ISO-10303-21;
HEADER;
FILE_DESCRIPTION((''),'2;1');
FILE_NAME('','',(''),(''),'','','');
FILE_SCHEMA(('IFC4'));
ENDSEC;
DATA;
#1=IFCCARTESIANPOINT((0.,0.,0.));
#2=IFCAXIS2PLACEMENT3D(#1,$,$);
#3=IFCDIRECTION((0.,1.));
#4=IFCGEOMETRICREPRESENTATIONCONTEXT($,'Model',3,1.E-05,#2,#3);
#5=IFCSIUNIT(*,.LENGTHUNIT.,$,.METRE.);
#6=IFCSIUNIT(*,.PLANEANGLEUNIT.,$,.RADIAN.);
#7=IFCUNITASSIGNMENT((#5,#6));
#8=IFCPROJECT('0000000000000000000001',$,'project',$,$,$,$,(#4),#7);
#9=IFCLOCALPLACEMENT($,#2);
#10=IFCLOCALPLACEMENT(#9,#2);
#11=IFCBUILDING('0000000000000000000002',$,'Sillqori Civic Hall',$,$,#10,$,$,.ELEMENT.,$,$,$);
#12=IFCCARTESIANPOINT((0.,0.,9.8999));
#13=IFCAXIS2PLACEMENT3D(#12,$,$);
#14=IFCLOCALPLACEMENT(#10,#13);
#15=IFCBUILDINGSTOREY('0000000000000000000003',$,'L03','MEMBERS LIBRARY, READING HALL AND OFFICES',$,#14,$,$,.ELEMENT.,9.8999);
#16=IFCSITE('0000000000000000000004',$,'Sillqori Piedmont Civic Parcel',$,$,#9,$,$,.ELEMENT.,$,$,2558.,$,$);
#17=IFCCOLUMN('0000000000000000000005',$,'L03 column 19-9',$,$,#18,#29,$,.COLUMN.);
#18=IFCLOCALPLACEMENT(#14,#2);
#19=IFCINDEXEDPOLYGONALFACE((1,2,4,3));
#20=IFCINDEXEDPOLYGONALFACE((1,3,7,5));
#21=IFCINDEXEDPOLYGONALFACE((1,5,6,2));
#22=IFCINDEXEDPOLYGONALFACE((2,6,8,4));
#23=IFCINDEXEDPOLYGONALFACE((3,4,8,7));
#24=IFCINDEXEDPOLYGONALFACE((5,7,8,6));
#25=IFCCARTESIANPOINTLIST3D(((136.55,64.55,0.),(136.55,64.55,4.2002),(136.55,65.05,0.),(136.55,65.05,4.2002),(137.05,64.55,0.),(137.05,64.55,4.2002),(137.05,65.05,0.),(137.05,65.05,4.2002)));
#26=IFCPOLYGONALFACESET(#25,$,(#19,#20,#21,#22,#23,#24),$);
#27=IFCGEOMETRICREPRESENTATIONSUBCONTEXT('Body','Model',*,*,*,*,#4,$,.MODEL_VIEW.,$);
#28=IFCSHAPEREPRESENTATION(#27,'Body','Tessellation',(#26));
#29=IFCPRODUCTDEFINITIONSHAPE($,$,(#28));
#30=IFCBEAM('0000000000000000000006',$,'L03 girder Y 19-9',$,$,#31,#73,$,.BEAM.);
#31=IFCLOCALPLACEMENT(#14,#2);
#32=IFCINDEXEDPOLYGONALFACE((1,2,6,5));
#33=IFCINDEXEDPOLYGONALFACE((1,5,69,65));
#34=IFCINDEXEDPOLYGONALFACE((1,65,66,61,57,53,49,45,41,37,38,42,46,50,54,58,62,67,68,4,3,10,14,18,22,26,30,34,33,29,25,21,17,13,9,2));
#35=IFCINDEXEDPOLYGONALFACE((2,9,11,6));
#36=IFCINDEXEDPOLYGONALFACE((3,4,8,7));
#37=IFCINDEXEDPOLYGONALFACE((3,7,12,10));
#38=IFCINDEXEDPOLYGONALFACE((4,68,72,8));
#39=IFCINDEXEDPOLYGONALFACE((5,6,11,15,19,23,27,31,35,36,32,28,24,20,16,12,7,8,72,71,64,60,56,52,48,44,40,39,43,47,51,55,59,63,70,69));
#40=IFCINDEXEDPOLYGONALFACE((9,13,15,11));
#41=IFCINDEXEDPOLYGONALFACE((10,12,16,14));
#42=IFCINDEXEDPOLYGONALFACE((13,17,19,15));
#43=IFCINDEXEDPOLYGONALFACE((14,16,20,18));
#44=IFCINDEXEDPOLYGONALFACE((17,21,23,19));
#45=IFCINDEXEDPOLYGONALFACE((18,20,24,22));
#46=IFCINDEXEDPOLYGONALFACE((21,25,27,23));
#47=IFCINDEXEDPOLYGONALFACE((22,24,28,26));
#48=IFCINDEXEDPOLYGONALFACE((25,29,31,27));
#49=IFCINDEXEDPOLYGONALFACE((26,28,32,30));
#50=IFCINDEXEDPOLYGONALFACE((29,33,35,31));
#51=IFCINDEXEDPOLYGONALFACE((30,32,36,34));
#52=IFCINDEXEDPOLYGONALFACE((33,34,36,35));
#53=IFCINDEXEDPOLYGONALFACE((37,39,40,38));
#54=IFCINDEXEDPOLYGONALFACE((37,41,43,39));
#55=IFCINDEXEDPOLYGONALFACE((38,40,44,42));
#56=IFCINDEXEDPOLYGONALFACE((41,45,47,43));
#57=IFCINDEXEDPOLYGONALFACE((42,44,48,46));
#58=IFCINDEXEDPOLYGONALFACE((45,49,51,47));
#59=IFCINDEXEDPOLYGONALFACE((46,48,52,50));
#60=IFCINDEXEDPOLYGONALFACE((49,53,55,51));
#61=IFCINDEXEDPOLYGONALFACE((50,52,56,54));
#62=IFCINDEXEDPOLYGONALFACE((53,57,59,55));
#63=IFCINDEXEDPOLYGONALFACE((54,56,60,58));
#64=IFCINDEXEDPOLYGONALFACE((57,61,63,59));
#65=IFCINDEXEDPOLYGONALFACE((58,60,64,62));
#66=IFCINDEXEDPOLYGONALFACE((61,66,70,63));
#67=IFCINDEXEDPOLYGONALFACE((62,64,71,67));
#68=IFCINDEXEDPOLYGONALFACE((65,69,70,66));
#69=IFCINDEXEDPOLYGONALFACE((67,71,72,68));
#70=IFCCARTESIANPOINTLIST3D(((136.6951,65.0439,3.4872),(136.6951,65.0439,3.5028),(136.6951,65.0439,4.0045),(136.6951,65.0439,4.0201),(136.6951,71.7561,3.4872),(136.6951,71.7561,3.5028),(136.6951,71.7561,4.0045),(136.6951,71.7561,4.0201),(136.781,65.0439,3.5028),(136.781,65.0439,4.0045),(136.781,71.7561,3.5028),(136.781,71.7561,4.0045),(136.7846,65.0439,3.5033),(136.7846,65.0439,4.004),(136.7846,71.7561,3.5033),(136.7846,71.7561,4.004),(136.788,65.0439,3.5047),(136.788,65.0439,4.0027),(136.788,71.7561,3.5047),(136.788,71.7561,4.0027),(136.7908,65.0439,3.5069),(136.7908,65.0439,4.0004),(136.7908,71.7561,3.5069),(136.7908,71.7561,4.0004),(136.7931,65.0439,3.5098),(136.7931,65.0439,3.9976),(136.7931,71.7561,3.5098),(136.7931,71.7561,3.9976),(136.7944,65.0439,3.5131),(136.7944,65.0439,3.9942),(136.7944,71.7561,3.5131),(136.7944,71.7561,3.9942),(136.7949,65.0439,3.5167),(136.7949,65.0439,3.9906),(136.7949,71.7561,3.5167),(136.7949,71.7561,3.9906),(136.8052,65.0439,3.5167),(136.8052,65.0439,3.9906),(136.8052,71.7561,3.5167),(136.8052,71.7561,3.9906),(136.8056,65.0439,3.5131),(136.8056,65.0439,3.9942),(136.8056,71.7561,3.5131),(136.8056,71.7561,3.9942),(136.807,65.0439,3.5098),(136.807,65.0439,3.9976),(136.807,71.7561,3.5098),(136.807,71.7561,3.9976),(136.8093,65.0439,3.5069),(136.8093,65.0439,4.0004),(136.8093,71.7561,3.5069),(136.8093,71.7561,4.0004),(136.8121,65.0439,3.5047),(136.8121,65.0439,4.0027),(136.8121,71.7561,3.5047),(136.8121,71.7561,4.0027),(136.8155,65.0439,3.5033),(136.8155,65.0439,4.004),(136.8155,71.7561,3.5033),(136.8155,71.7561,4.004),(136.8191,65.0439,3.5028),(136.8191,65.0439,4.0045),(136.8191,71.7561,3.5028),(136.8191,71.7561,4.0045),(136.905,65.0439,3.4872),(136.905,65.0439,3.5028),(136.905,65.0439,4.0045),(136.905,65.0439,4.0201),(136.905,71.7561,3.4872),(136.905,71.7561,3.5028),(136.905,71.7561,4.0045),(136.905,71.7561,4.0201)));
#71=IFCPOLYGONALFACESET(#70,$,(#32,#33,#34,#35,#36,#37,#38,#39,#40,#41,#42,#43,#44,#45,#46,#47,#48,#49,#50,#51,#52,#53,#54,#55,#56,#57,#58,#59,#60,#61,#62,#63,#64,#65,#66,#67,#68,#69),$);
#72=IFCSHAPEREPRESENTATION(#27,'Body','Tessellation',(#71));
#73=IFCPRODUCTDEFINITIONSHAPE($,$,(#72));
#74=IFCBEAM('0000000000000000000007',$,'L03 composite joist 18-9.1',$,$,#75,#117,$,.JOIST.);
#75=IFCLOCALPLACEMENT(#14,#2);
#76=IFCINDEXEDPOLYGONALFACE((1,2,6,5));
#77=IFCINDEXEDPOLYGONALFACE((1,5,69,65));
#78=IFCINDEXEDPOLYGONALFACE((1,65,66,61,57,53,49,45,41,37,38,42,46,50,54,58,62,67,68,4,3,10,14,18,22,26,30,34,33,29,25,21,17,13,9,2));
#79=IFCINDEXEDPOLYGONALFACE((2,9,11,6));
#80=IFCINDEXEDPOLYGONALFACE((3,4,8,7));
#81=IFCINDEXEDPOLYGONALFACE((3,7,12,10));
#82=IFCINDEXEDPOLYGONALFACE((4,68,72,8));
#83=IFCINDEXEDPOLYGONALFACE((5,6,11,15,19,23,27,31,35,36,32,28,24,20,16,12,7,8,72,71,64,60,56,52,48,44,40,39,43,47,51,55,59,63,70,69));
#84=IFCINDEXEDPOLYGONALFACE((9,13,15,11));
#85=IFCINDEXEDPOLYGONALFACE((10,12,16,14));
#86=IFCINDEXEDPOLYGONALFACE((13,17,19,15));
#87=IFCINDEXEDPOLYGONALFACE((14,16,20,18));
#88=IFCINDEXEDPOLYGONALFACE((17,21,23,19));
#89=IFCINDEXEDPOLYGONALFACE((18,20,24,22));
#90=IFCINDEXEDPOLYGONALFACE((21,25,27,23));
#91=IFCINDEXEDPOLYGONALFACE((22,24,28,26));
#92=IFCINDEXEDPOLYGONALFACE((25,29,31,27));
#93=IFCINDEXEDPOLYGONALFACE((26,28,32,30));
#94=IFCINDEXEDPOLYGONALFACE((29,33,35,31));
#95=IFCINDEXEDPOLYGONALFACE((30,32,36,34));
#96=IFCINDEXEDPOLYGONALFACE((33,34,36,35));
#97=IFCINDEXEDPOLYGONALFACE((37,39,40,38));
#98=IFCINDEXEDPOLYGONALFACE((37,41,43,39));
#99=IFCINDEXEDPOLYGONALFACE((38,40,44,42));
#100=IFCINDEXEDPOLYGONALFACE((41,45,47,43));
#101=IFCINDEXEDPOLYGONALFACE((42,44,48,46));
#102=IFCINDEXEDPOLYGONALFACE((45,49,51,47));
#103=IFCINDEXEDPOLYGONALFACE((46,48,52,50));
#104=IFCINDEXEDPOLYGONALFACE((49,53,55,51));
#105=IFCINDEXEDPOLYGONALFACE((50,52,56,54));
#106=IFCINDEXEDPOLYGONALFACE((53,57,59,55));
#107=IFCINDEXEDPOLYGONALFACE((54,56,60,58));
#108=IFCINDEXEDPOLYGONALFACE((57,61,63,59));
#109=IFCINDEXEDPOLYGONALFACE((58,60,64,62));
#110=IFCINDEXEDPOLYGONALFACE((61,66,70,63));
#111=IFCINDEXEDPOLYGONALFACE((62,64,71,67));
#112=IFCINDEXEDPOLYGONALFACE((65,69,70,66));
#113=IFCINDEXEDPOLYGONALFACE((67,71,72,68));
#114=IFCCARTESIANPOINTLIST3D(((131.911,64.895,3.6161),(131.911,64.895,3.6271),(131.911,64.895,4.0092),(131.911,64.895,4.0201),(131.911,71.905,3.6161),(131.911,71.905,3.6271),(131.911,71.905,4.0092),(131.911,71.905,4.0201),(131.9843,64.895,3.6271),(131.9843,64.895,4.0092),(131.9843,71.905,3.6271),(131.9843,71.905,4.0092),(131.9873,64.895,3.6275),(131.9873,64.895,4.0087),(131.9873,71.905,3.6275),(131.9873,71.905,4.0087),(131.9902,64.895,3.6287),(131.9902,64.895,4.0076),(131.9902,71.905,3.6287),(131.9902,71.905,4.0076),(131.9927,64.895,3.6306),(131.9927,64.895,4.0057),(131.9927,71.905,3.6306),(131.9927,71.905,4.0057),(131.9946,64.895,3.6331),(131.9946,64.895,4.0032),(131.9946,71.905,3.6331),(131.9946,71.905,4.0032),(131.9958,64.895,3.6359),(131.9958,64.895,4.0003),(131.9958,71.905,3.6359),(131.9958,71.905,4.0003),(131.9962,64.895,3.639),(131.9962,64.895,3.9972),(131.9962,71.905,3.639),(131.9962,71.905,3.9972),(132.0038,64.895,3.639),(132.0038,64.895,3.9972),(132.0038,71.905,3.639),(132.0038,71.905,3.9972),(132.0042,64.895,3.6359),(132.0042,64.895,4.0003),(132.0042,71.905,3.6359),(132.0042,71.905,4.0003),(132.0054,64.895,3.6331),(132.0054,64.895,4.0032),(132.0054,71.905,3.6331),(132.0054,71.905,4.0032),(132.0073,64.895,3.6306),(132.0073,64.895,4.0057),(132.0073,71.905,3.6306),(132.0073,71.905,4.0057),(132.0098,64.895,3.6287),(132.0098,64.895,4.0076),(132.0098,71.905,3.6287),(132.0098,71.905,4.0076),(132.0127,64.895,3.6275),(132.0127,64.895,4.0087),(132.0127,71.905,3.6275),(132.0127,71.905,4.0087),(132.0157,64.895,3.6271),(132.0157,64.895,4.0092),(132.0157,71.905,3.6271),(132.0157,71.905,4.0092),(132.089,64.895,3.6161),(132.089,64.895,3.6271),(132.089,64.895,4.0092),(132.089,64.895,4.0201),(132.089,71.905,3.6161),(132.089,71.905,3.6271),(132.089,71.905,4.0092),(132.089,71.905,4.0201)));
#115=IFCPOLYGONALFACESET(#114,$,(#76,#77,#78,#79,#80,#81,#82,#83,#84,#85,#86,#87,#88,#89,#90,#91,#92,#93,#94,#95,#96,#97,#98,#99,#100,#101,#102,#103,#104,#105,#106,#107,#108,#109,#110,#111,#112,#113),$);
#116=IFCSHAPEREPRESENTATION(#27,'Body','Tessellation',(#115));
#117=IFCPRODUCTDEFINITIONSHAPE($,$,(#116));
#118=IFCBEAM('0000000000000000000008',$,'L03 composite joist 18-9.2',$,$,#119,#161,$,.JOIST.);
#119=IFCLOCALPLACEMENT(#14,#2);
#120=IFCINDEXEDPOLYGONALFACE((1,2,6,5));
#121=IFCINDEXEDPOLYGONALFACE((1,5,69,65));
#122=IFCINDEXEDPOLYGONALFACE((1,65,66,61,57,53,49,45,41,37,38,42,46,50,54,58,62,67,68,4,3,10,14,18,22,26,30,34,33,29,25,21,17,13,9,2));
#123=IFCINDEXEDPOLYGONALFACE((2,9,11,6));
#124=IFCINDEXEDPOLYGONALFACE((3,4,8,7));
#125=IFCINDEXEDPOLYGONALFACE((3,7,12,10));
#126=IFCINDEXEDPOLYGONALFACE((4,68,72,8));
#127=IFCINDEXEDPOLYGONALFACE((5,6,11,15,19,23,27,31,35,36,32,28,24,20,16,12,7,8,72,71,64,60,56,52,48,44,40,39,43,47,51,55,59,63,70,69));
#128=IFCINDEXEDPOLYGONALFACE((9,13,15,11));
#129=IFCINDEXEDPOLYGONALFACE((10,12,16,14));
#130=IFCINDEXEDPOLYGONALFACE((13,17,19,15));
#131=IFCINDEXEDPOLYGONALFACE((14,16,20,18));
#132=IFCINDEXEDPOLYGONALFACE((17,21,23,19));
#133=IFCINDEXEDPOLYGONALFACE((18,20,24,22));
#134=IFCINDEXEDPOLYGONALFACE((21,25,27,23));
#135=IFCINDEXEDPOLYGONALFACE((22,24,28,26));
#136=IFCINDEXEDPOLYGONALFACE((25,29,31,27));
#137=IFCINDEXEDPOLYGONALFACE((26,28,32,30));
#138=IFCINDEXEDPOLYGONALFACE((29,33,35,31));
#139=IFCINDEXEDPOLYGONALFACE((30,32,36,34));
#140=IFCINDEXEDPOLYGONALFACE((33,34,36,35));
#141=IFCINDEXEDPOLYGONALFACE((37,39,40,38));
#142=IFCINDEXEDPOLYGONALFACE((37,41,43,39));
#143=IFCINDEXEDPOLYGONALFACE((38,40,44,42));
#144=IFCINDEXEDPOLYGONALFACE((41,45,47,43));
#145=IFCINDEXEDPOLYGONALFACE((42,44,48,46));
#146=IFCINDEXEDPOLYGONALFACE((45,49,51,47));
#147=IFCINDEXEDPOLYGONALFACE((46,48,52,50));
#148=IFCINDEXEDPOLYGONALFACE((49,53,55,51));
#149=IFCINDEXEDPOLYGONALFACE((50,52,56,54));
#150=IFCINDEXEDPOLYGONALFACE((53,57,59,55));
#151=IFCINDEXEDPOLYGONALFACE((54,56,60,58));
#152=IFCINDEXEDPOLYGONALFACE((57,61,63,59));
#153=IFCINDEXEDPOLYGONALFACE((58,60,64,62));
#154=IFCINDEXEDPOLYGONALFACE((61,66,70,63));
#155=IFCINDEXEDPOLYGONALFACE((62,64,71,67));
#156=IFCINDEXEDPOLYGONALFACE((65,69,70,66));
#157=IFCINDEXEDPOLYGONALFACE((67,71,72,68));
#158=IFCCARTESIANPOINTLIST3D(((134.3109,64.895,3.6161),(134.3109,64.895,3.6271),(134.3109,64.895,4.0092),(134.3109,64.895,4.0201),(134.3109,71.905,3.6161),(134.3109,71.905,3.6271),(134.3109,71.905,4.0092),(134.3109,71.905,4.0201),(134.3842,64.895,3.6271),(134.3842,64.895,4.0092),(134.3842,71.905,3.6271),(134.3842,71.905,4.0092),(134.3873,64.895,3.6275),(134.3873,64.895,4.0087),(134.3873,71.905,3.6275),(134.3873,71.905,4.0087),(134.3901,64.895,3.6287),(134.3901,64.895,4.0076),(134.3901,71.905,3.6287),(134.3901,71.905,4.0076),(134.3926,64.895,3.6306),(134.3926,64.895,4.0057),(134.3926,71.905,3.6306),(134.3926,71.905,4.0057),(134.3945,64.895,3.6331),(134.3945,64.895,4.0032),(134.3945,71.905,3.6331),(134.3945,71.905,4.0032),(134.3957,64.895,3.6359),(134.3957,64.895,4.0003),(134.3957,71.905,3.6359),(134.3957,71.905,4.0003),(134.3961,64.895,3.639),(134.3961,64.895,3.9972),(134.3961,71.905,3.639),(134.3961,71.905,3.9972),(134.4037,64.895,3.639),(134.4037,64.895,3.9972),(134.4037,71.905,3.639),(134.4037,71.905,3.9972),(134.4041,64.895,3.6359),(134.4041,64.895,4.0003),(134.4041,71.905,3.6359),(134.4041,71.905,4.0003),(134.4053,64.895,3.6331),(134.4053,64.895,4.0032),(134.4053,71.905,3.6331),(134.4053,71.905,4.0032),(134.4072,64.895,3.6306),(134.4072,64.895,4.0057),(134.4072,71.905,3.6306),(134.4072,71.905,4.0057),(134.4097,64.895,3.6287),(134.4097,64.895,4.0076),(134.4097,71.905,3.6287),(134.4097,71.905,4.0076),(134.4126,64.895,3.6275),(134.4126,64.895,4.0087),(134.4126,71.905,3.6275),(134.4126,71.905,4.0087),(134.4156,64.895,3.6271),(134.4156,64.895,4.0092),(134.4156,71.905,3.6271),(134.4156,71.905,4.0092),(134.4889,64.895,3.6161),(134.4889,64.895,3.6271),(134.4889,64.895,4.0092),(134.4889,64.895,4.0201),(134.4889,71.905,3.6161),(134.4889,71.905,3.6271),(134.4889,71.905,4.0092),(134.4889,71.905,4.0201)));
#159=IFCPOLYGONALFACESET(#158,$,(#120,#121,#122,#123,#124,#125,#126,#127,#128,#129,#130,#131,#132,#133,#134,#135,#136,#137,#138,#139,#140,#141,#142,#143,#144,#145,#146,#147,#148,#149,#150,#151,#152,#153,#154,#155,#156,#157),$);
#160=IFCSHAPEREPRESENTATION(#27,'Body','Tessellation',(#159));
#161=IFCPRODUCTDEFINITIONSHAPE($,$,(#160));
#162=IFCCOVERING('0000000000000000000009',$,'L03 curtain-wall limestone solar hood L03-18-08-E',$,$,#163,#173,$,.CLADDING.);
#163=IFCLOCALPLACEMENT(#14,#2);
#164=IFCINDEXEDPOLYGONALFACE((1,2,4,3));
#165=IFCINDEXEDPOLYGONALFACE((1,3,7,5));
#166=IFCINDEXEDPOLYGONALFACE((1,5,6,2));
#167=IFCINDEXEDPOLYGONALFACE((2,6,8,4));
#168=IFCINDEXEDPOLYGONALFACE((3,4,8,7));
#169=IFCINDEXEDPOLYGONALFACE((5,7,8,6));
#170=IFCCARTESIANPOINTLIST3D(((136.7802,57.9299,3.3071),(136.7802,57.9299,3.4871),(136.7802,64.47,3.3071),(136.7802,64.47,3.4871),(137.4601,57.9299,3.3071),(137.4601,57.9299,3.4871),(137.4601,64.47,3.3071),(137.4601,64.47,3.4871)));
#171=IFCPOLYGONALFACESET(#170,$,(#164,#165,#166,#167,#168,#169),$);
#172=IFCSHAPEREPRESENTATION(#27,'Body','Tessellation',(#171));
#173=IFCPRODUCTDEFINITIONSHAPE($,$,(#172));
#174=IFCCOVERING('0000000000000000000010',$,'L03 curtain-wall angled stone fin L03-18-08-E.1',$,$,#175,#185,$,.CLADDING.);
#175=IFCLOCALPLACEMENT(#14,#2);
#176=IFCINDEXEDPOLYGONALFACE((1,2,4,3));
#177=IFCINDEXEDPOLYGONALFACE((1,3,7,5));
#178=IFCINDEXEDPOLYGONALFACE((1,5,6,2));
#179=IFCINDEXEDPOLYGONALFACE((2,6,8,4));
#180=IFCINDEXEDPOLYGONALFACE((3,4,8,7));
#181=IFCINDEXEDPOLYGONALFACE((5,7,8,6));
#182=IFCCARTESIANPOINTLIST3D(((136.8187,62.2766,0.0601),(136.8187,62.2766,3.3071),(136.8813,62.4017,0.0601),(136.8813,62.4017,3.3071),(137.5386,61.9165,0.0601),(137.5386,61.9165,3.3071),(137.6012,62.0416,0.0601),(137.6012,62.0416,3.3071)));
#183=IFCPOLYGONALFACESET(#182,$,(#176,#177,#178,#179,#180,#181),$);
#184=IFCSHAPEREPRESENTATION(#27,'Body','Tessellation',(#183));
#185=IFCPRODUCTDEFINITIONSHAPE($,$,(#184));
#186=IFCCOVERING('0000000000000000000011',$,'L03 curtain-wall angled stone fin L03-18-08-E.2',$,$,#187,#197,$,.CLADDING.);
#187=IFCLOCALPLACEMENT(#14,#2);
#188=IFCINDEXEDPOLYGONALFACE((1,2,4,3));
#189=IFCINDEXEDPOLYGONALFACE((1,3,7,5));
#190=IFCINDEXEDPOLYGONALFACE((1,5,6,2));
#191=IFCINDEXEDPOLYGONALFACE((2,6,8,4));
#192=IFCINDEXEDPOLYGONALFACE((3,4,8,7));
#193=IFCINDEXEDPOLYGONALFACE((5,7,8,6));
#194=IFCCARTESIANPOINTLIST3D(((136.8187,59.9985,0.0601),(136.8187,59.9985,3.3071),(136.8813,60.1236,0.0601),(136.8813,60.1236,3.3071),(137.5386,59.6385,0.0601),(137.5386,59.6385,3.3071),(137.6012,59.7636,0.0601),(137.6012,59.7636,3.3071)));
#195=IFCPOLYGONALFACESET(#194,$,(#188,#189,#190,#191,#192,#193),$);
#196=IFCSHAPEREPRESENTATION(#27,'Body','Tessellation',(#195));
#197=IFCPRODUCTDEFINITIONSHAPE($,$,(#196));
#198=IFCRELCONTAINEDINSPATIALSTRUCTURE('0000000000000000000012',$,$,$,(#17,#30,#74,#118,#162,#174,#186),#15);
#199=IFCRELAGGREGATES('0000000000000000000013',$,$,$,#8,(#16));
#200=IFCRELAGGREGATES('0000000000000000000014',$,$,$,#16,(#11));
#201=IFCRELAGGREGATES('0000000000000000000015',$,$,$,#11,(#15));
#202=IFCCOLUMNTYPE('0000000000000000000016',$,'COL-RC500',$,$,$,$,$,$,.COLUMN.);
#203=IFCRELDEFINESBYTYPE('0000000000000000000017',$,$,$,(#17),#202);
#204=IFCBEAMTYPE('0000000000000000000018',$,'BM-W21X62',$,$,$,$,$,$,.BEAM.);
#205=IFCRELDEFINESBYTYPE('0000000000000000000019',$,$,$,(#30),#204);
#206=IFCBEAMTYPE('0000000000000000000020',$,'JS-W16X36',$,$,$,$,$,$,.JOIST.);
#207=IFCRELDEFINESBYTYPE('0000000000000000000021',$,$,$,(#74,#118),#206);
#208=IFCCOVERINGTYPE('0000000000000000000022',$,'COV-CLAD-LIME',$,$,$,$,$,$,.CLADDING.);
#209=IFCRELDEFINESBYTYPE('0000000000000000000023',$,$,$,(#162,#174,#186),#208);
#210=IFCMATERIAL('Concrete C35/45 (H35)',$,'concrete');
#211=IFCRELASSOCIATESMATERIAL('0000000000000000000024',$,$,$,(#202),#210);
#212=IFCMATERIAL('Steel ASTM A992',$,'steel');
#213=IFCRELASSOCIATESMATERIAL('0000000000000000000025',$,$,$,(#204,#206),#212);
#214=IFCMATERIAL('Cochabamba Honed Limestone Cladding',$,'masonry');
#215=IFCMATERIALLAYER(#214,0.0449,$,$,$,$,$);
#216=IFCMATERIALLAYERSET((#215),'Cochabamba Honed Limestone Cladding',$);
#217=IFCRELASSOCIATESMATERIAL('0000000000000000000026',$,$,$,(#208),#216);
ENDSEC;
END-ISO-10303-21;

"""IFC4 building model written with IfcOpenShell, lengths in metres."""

from ifc_helpers import new_model, si_unit, direction, frame, frame_2d, origin, origin_2d, place, context, subcontext, project, spatial, rectangle, i_section, extrude, material, layer, layer_set, material_profile, profile_set, type_object, element, save


model = new_model("IFC4")

# Units and contexts
model_context = context("Model", 3, precision=1e-05, world=origin(), true_north=direction((0.0, 1.0)))
body_context = subcontext(model_context, "Body", "Model", "MODEL_VIEW")
ifc_project = project(units=[si_unit("LENGTHUNIT", "METRE"), si_unit("PLANEANGLEUNIT", "RADIAN")], contexts=[model_context])

# Site, building, storey
site_placement = place(None, origin())
site = spatial("IfcSite", under=ifc_project, at=site_placement, Name="Sillqori Piedmont Civic Parcel", CompositionType="ELEMENT", RefElevation=2558.0)
building_placement = place(site_placement, origin())
building = spatial("IfcBuilding", under=site, at=building_placement, Name="Sillqori Civic Hall", CompositionType="ELEMENT")
storey_placement = place(building_placement, frame((0.0, 0.0, 9.8999)))
storey = spatial("IfcBuildingStorey", under=building, at=storey_placement, Name="L03", Description="MEMBERS LIBRARY, READING HALL AND OFFICES", CompositionType="ELEMENT", Elevation=9.8999)

# Column
ifc_material_1 = material(Name="Concrete C35/45 (H35)", Category="concrete")
ifc_material_profile_1 = material_profile(ifc_material_1, rectangle(XDim=0.5, YDim=0.5, at=origin_2d()), Name="RC 500x500")
ifc_profile_set_1 = profile_set([ifc_material_profile_1], Name="Concrete C35/45 (H35)")
column_type = type_object("IfcColumnType", Name="COL-RC500", PredefinedType="COLUMN", material=ifc_profile_set_1)
column_placement = place(storey_placement, frame((136.8, 64.8, 0.0), z_axis=(0.0, 0.0, 1.0), x_axis=(1.0, 0.0, 0.0)))
element("IfcColumn", 1, at=column_placement, inside=storey, type_object=column_type, Name="L03 column 19-9", PredefinedType="COLUMN", context=body_context, shape_type="SweptSolid", body=[
    extrude(rectangle(XDim=0.5, YDim=0.5, at=origin_2d()), origin(), (0.0, 0.0, 1.0), 4.2002),
])

# Beam
ifc_material_2 = material(Name="Steel ASTM A992", Category="steel")
ifc_material_profile_2 = material_profile(ifc_material_2, i_section(OverallWidth=0.21, OverallDepth=0.533, WebThickness=0.0103, FlangeThickness=0.0156, FilletRadius=0.0139, at=origin_2d()), Name="W21X62")
ifc_profile_set_2 = profile_set([ifc_material_profile_2], Name="Steel ASTM A992")
beam_type_1 = type_object("IfcBeamType", Name="BM-W21X62", PredefinedType="BEAM", material=ifc_profile_set_2)
beam_placement = place(storey_placement, frame((136.8, 65.0439, 3.7537), z_axis=(0.0, 1.0, 0.0), x_axis=(-1.0, 0.0, 0.0)))
element("IfcBeam", 2, at=beam_placement, inside=storey, type_object=beam_type_1, Name="L03 girder Y 19-9", PredefinedType="BEAM", context=body_context, shape_type="SweptSolid", body=[
    extrude(i_section(OverallWidth=0.21, OverallDepth=0.533, WebThickness=0.0103, FlangeThickness=0.0156, FilletRadius=0.0139, at=origin_2d()), origin(), (0.0, 0.0, 1.0), 6.7122),
])

# Beams
ifc_material_profile_3 = material_profile(ifc_material_2, i_section(OverallWidth=0.178, OverallDepth=0.4041, WebThickness=0.0076, FlangeThickness=0.011, FilletRadius=0.012, at=origin_2d()), Name="W16X36")
ifc_profile_set_3 = profile_set([ifc_material_profile_3], Name="Steel ASTM A992")
beam_type_2 = type_object("IfcBeamType", Name="JS-W16X36", PredefinedType="JOIST", material=ifc_profile_set_3)
for number, where, z_axis, x_axis, name in (
    (3, (132.0, 64.895, 3.8181), (0.0, 1.0, 0.0), (-1.0, 0.0, 0.0), "L03 composite joist 18-9.1"),
    (4, (134.3999, 64.895, 3.8181), (0.0, 1.0, 0.0), (-1.0, 0.0, 0.0), "L03 composite joist 18-9.2"),
):
    element("IfcBeam", number, at=place(storey_placement, frame(where, z_axis=z_axis, x_axis=x_axis)), inside=storey, type_object=beam_type_2, Name=name, PredefinedType="JOIST", context=body_context, shape_type="SweptSolid", body=[
        extrude(i_section(OverallWidth=0.178, OverallDepth=0.4041, WebThickness=0.0076, FlangeThickness=0.011, FilletRadius=0.012, at=origin_2d()), origin(), (0.0, 0.0, 1.0), 7.01),
    ])

# Coverings
ifc_material_3 = material(Name="Cochabamba Honed Limestone Cladding", Category="masonry")
ifc_layer_1 = layer(ifc_material_3, 0.0449)
ifc_layer_set_1 = layer_set([ifc_layer_1], Name="Cochabamba Honed Limestone Cladding")
covering_type = type_object("IfcCoveringType", Name="COV-CLAD-LIME", PredefinedType="CLADDING", material=ifc_layer_set_1)
covering_placement = place(storey_placement, frame((137.1201, 64.47, 3.3071), z_axis=(0.0, 0.0, 1.0), x_axis=(0.0, -1.0, 0.0)))
element("IfcCovering", 5, at=covering_placement, inside=storey, type_object=covering_type, Name="L03 curtain-wall limestone solar hood L03-18-08-E", PredefinedType="CLADDING", context=body_context, shape_type="SweptSolid", body=[
    extrude(rectangle(XDim=6.54, YDim=0.6799, at=frame_2d((3.27, 0.0))), origin(), (0.0, 0.0, 1.0), 0.1799),
])
for number, where, z_axis, x_axis, name in (
    (6, (136.8501, 62.3391, 0.0601), (0.0, 0.0, 1.0), (0.894367, -0.447335, 0.0), "L03 curtain-wall angled stone fin L03-18-08-E.1"),
    (7, (136.8501, 60.061, 0.0601), (0.0, 0.0, 1.0), (0.894367, -0.447335, 0.0), "L03 curtain-wall angled stone fin L03-18-08-E.2"),
):
    element("IfcCovering", number, at=place(storey_placement, frame(where, z_axis=z_axis, x_axis=x_axis)), inside=storey, type_object=covering_type, Name=name, PredefinedType="CLADDING", context=body_context, shape_type="SweptSolid", body=[
        extrude(rectangle(XDim=0.8049, YDim=0.1399, at=frame_2d((0.4023, 0.0))), origin(), (0.0, 0.0, 1.0), 3.2471),
    ])

save(model, "model.ifc")
